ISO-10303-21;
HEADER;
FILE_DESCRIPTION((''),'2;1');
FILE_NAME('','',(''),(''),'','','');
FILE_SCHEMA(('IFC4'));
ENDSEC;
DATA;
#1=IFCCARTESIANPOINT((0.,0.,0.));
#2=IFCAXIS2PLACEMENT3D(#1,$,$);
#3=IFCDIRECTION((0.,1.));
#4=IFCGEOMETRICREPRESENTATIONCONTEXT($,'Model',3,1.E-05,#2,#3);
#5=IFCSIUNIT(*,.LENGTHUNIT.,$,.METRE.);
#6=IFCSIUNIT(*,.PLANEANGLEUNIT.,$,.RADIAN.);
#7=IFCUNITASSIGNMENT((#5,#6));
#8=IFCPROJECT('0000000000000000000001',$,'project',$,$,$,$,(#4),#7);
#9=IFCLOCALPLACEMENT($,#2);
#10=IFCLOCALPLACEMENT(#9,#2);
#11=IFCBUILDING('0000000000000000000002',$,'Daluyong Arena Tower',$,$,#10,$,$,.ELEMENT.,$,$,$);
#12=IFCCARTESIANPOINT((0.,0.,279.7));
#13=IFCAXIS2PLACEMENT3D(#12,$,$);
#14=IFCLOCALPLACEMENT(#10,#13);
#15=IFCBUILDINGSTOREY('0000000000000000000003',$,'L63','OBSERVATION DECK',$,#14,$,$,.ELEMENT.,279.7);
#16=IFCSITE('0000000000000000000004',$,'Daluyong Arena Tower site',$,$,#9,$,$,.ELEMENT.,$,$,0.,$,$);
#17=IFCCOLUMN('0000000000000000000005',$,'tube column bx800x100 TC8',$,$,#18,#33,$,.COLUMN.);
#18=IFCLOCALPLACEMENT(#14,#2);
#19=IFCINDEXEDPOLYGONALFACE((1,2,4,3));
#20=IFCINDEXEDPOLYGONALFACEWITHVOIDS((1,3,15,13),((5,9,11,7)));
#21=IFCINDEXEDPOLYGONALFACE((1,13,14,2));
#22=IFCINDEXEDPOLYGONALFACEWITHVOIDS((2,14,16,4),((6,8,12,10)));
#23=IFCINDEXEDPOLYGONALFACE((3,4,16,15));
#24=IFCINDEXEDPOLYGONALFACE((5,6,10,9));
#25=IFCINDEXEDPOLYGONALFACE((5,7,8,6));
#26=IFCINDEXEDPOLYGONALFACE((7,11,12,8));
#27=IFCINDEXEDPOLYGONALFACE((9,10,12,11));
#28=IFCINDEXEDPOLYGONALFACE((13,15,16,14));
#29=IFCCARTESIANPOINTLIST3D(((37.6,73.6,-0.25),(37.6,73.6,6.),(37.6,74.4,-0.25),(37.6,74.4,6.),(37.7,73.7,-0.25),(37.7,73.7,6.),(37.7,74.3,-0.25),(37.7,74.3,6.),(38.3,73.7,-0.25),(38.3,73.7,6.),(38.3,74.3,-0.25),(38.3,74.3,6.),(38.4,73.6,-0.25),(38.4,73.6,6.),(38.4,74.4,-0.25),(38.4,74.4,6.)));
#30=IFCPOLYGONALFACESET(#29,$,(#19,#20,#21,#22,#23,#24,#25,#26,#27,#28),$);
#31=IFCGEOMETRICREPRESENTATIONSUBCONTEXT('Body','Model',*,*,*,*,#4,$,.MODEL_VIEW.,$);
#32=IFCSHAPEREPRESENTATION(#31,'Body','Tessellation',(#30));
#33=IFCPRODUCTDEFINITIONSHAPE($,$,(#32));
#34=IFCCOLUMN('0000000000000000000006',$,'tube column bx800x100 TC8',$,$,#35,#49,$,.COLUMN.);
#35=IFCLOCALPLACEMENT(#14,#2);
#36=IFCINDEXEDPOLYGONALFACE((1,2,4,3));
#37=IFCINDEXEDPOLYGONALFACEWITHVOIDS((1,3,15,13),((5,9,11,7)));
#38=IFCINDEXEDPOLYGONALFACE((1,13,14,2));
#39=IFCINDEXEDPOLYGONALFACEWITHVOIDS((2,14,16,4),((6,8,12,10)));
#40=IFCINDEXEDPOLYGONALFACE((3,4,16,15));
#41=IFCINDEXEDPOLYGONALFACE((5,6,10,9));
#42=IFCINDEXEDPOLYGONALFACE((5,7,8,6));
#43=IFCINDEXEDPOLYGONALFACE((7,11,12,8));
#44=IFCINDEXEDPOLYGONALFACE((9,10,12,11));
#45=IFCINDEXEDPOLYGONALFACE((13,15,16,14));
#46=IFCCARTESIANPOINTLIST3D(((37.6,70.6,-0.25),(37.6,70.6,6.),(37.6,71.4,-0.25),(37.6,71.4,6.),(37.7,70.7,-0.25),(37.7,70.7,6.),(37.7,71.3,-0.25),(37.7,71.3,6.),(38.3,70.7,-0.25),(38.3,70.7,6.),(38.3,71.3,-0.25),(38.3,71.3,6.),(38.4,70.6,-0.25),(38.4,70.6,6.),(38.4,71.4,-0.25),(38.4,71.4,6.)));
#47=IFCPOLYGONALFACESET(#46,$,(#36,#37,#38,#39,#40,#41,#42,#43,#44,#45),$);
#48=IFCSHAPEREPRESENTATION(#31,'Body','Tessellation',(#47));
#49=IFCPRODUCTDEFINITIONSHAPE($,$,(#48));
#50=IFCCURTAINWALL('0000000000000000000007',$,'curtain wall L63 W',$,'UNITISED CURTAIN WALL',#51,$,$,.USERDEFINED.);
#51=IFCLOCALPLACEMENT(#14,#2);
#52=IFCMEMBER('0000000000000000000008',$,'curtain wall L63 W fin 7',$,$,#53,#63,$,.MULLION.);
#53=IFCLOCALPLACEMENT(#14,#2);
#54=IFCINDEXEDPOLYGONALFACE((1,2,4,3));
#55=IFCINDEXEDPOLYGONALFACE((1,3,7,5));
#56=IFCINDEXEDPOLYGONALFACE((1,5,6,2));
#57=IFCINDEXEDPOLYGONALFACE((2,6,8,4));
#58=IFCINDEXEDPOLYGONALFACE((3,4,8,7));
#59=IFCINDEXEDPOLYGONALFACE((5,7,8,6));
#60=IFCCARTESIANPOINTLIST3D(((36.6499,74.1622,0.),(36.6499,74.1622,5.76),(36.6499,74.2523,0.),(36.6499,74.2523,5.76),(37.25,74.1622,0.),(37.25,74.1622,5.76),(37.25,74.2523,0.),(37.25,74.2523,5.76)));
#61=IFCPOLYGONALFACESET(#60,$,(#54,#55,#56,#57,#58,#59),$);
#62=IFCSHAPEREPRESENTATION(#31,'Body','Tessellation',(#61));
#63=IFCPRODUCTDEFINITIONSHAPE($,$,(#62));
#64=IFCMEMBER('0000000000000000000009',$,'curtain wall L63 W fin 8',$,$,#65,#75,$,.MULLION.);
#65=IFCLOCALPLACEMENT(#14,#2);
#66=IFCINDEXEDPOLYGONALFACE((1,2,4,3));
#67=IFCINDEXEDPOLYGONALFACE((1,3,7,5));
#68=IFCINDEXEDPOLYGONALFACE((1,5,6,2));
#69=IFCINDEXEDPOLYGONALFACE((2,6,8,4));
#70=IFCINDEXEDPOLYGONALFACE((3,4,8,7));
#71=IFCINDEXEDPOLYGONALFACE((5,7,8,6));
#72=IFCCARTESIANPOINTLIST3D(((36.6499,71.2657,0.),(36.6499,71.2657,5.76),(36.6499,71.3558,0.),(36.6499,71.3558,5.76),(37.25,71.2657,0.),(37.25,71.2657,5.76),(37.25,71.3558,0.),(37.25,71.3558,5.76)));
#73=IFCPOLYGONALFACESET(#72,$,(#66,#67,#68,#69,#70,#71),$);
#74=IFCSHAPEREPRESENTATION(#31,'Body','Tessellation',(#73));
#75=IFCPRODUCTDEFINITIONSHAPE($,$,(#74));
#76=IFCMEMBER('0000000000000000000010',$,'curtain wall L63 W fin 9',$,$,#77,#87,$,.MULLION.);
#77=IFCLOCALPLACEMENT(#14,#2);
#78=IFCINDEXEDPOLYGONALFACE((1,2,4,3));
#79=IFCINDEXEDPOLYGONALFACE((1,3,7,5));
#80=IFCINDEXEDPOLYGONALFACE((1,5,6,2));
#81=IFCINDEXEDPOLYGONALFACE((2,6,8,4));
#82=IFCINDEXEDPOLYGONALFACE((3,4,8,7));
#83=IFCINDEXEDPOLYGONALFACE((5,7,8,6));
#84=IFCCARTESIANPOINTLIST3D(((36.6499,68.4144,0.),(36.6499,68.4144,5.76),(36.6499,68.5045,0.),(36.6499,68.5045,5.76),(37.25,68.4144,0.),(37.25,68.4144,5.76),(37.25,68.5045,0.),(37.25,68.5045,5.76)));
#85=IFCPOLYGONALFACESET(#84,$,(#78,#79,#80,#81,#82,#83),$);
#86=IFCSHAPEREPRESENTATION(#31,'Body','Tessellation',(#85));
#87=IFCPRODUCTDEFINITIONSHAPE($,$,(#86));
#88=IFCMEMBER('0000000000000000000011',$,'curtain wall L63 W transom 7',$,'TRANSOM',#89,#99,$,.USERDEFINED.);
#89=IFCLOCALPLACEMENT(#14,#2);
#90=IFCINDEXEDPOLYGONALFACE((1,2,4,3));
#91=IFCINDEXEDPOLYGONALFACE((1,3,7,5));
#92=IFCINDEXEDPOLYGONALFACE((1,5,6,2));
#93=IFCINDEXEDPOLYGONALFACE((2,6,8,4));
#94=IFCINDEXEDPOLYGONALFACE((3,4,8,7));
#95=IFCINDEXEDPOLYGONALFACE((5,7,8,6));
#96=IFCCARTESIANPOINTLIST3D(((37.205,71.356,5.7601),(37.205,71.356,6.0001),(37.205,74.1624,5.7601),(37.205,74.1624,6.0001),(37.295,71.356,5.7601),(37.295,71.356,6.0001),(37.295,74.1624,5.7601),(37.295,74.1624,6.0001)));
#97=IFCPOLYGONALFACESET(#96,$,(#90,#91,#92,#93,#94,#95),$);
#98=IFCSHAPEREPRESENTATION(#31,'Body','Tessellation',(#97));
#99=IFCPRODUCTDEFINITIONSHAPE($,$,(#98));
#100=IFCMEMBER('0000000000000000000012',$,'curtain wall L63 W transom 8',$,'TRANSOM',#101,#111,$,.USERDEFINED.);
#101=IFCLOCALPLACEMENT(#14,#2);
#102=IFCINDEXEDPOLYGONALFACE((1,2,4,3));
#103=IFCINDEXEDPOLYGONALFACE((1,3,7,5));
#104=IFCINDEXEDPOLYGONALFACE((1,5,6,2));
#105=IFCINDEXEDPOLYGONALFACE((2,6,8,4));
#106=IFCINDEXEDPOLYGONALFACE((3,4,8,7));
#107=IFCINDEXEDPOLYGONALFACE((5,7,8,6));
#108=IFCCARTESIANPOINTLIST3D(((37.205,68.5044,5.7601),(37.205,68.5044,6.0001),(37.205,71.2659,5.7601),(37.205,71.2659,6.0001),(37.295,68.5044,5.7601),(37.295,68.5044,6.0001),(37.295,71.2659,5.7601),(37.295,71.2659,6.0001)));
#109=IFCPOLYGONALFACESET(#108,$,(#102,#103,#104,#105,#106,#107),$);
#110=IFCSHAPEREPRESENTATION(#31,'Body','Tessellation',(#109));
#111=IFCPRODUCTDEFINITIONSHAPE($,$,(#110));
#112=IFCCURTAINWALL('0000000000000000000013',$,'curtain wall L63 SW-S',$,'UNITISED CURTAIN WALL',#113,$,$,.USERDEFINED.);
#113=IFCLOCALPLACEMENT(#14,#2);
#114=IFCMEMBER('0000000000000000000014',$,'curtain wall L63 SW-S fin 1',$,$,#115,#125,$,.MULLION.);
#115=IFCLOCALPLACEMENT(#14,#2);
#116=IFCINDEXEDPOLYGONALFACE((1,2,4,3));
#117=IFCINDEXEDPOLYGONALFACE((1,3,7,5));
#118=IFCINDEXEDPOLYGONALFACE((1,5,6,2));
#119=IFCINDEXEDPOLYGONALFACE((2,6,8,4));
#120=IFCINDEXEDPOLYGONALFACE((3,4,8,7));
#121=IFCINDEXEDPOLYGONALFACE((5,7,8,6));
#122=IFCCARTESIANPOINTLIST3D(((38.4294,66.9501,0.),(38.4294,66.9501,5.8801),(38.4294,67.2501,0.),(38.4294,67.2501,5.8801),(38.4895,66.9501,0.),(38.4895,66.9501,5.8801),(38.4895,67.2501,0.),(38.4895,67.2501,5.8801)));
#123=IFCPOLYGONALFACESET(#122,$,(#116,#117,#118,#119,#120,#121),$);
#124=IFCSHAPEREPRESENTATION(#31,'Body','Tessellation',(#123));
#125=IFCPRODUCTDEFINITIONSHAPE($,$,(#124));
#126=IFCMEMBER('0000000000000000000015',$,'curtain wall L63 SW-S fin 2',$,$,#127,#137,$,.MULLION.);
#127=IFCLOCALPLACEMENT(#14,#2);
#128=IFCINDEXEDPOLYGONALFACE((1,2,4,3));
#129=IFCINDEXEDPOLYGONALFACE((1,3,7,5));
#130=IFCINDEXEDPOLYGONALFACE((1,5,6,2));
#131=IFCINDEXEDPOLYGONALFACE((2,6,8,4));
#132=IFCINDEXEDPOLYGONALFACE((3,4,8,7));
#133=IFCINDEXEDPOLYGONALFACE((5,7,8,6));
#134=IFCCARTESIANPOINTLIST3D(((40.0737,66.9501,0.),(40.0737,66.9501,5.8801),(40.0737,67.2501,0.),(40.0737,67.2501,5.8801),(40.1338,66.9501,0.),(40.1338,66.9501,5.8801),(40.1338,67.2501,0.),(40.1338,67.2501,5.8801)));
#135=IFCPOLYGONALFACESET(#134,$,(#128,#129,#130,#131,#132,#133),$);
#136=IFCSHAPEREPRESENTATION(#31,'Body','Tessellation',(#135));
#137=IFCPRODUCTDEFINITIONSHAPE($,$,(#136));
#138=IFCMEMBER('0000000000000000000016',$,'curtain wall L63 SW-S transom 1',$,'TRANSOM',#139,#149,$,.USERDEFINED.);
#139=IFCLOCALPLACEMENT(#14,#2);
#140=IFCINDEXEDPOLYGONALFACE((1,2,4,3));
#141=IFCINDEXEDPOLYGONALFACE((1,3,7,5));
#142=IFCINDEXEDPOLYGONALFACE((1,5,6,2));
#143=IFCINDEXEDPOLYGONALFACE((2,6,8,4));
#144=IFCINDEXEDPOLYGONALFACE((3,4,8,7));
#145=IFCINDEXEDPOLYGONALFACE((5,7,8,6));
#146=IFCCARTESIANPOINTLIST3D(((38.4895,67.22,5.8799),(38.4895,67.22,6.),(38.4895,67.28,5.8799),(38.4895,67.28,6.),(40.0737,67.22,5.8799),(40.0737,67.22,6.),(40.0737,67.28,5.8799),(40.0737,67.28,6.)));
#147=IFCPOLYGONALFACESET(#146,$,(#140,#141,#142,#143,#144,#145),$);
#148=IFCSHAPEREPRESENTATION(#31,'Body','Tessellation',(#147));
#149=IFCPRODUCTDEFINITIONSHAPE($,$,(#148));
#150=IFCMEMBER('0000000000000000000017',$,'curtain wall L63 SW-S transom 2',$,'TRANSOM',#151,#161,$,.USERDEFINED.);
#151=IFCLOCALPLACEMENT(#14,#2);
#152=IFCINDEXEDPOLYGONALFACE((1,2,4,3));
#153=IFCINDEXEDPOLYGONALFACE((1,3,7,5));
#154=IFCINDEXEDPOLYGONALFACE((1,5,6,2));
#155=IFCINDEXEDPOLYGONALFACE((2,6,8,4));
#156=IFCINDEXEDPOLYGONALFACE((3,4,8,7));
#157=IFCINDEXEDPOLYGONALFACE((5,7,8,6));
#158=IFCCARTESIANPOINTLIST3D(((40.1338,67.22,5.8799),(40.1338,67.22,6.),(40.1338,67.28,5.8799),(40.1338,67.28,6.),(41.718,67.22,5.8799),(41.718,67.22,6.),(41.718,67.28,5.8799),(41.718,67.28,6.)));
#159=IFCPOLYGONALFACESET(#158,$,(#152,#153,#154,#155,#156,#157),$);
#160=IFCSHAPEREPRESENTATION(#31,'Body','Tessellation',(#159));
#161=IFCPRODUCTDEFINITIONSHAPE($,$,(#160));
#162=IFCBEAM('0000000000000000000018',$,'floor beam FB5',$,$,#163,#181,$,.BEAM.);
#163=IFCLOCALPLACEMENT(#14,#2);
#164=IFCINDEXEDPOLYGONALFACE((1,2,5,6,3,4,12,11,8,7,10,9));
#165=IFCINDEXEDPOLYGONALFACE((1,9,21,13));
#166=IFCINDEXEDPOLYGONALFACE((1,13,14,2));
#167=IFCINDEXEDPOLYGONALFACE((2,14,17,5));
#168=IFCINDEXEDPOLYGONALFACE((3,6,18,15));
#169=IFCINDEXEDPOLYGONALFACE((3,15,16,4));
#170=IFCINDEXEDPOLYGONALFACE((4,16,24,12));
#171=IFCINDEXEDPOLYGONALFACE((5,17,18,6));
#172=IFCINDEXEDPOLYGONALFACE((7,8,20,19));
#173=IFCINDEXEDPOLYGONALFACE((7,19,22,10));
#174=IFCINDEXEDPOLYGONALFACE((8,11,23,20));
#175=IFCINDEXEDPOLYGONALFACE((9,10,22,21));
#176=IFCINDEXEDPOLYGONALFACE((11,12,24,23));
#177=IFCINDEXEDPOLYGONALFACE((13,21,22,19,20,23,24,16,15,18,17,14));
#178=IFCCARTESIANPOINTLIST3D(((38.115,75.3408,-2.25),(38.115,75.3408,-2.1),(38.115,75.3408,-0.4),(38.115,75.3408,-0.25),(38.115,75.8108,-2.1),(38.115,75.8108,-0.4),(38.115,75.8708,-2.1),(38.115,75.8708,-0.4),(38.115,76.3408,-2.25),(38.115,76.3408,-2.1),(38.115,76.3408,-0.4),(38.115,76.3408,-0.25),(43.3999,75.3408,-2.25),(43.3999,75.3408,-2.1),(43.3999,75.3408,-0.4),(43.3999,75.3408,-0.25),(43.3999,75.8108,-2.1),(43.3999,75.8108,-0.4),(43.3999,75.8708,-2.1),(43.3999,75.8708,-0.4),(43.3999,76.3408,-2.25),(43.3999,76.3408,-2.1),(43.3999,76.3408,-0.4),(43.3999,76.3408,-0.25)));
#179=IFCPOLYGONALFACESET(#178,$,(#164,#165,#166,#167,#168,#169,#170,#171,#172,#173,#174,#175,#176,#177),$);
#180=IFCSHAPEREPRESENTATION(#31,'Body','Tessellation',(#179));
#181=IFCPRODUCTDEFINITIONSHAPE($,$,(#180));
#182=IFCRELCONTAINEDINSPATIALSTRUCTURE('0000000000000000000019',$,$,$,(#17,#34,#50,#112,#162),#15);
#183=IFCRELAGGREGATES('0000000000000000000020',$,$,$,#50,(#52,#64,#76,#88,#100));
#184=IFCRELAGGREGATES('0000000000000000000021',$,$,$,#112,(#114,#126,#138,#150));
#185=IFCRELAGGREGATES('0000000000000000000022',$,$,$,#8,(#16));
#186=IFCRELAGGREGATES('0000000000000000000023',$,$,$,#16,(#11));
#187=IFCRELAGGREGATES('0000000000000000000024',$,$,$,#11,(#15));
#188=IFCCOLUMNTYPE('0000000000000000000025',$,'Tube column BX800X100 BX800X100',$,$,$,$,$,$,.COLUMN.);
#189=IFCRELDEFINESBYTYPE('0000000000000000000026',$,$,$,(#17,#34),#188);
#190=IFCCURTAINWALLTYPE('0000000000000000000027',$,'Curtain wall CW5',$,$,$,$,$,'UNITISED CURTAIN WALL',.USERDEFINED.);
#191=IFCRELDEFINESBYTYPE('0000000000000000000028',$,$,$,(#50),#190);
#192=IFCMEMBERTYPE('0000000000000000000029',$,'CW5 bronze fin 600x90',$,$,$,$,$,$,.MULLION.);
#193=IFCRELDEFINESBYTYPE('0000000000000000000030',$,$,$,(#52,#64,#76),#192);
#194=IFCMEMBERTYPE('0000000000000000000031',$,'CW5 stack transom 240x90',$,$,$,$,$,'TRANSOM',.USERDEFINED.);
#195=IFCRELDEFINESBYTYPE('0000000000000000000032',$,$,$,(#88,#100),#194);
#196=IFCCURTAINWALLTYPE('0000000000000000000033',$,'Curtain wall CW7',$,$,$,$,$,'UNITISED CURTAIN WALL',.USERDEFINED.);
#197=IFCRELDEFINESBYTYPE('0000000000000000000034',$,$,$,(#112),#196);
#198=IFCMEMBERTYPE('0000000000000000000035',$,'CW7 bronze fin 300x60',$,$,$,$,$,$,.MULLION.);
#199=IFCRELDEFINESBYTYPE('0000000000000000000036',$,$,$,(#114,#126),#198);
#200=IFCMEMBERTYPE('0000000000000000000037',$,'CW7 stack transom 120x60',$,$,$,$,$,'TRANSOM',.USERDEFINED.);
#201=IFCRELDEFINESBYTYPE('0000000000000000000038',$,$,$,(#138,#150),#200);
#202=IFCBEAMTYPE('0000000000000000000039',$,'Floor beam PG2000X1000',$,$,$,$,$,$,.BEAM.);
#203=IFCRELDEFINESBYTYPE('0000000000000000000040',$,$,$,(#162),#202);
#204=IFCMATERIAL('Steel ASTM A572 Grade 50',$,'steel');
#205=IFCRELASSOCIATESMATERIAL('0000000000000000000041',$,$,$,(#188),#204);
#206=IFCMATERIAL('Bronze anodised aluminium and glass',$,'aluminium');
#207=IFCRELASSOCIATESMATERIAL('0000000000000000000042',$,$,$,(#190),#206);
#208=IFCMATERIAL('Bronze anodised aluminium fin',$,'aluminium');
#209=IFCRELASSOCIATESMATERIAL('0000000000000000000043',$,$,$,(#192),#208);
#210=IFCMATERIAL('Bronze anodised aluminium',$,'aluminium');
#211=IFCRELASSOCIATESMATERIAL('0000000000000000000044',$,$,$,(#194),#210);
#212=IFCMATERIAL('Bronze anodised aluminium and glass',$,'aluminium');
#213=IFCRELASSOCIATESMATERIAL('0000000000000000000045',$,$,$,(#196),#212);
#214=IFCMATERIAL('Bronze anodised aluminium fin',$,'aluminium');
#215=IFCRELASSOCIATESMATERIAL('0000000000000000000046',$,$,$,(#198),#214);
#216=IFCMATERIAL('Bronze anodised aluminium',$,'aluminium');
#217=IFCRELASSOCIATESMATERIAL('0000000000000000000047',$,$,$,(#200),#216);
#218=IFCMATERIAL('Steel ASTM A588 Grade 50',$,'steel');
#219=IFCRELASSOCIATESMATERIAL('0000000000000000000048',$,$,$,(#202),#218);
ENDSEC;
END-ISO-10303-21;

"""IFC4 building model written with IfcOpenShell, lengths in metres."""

from ifc_helpers import new_model, si_unit, direction, frame, origin, origin_2d, place, context, subcontext, project, spatial, rectangle, hollow_rectangle, i_section, extrude, material, material_profile, profile_set, type_object, element, aggregate, save


model = new_model("IFC4")

# Units and contexts
model_context = context("Model", 3, precision=1e-05, world=origin(), true_north=direction((0.0, 1.0)))
body_context = subcontext(model_context, "Body", "Model", "MODEL_VIEW")
ifc_project = project(units=[si_unit("LENGTHUNIT", "METRE"), si_unit("PLANEANGLEUNIT", "RADIAN")], contexts=[model_context])

# Site, building, storey
site_placement = place(None, origin())
site = spatial("IfcSite", under=ifc_project, at=site_placement, Name="Daluyong Arena Tower site", CompositionType="ELEMENT", RefElevation=0.0)
building_placement = place(site_placement, origin())
building = spatial("IfcBuilding", under=site, at=building_placement, Name="Daluyong Arena Tower", CompositionType="ELEMENT")
storey_placement = place(building_placement, frame((0.0, 0.0, 279.7)))
storey = spatial("IfcBuildingStorey", under=building, at=storey_placement, Name="L63", Description="OBSERVATION DECK", CompositionType="ELEMENT", Elevation=279.7)

# Columns
ifc_material_1 = material(Name="Steel ASTM A572 Grade 50", Category="steel")
ifc_material_profile_1 = material_profile(ifc_material_1, hollow_rectangle(XDim=0.8, YDim=0.8, WallThickness=0.1, at=origin_2d()))
ifc_profile_set_1 = profile_set([ifc_material_profile_1], Name="Steel ASTM A572 Grade 50")
column_type_1 = type_object("IfcColumnType", Name="Tube column BX800X100 BX800X100", PredefinedType="COLUMN", material=ifc_profile_set_1)
for number, where, z_axis, x_axis, name in (
    (1, (38.0, 74.0, -0.25), (0.0, 0.0, 1.0), (0.0, 1.0, 0.0), "tube column bx800x100 TC8"),
    (2, (38.0, 71.0, -0.25), (0.0, 0.0, 1.0), (0.0, 1.0, 0.0), "tube column bx800x100 TC8"),
):
    element("IfcColumn", number, at=place(storey_placement, frame(where, z_axis=z_axis, x_axis=x_axis)), inside=storey, type_object=column_type_1, Name=name, PredefinedType="COLUMN", context=body_context, shape_type="SweptSolid", body=[
        extrude(hollow_rectangle(XDim=0.8, YDim=0.8, WallThickness=0.1, at=origin_2d()), origin(), (0.0, 0.0, 1.0), 6.25),
    ])

# Curtain walls, members
ifc_material_2 = material(Name="Bronze anodised aluminium and glass", Category="aluminium")
curtain_wall_type_1 = type_object("IfcCurtainWallType", Name="Curtain wall CW5", ElementType="UNITISED CURTAIN WALL", PredefinedType="USERDEFINED", material=ifc_material_2)
curtain_wall_1_placement = place(storey_placement, origin())
curtain_wall_1 = element("IfcCurtainWall", 3, at=curtain_wall_1_placement, inside=storey, type_object=curtain_wall_type_1, Name="curtain wall L63 W", ObjectType="UNITISED CURTAIN WALL", PredefinedType="USERDEFINED")
ifc_material_3 = material(Name="Bronze anodised aluminium fin", Category="aluminium")
ifc_material_profile_2 = material_profile(ifc_material_3, rectangle(XDim=0.6001, YDim=0.0901, at=origin_2d()))
ifc_profile_set_2 = profile_set([ifc_material_profile_2], Name="Bronze anodised aluminium fin")
member_type_1 = type_object("IfcMemberType", Name="CW5 bronze fin 600x90", PredefinedType="MULLION", material=ifc_profile_set_2)
member_1_placement = place(storey_placement, frame((36.95, 74.2073, 0.0), z_axis=(0.0, 0.0, 1.0), x_axis=(1.0, 0.0, 0.0)))
member_1 = element("IfcMember", 4, at=member_1_placement, type_object=member_type_1, Name="curtain wall L63 W fin 7", PredefinedType="MULLION", context=body_context, shape_type="SweptSolid", body=[
    extrude(rectangle(XDim=0.6001, YDim=0.0901, at=origin_2d()), origin(), (0.0, 0.0, 1.0), 5.76),
])
member_2_placement = place(storey_placement, frame((36.95, 71.3108, 0.0), z_axis=(0.0, 0.0, 1.0), x_axis=(1.0, 0.0, 0.0)))
member_2 = element("IfcMember", 5, at=member_2_placement, type_object=member_type_1, Name="curtain wall L63 W fin 8", PredefinedType="MULLION", context=body_context, shape_type="SweptSolid", body=[
    extrude(rectangle(XDim=0.6001, YDim=0.0901, at=origin_2d()), origin(), (0.0, 0.0, 1.0), 5.76),
])
member_3_placement = place(storey_placement, frame((36.95, 68.4595, 0.0), z_axis=(0.0, 0.0, 1.0), x_axis=(1.0, 0.0, 0.0)))
member_3 = element("IfcMember", 6, at=member_3_placement, type_object=member_type_1, Name="curtain wall L63 W fin 9", PredefinedType="MULLION", context=body_context, shape_type="SweptSolid", body=[
    extrude(rectangle(XDim=0.6001, YDim=0.0901, at=origin_2d()), origin(), (0.0, 0.0, 1.0), 5.76),
])
ifc_material_4 = material(Name="Bronze anodised aluminium", Category="aluminium")
ifc_material_profile_3 = material_profile(ifc_material_4, rectangle(XDim=0.0901, YDim=0.24, at=origin_2d()))
ifc_profile_set_3 = profile_set([ifc_material_profile_3], Name="Bronze anodised aluminium")
member_type_2 = type_object("IfcMemberType", Name="CW5 stack transom 240x90", ElementType="TRANSOM", PredefinedType="USERDEFINED", material=ifc_profile_set_3)
member_4_placement = place(storey_placement, frame((37.25, 74.1624, 5.8801), z_axis=(0.0, -1.0, 0.0), x_axis=(1.0, 0.0, 0.0)))
member_4 = element("IfcMember", 7, at=member_4_placement, type_object=member_type_2, Name="curtain wall L63 W transom 7", ObjectType="TRANSOM", PredefinedType="USERDEFINED", context=body_context, shape_type="SweptSolid", body=[
    extrude(rectangle(XDim=0.0901, YDim=0.24, at=origin_2d()), origin(), (0.0, 0.0, 1.0), 2.8064),
])
member_5_placement = place(storey_placement, frame((37.25, 71.2659, 5.8801), z_axis=(0.0, -1.0, 0.0), x_axis=(1.0, 0.0, 0.0)))
member_5 = element("IfcMember", 8, at=member_5_placement, type_object=member_type_2, Name="curtain wall L63 W transom 8", ObjectType="TRANSOM", PredefinedType="USERDEFINED", context=body_context, shape_type="SweptSolid", body=[
    extrude(rectangle(XDim=0.0901, YDim=0.24, at=origin_2d()), origin(), (0.0, 0.0, 1.0), 2.7615),
])
ifc_material_5 = material(Name="Bronze anodised aluminium and glass", Category="aluminium")
curtain_wall_type_2 = type_object("IfcCurtainWallType", Name="Curtain wall CW7", ElementType="UNITISED CURTAIN WALL", PredefinedType="USERDEFINED", material=ifc_material_5)
curtain_wall_2_placement = place(storey_placement, origin())
curtain_wall_2 = element("IfcCurtainWall", 9, at=curtain_wall_2_placement, inside=storey, type_object=curtain_wall_type_2, Name="curtain wall L63 SW-S", ObjectType="UNITISED CURTAIN WALL", PredefinedType="USERDEFINED")
ifc_material_6 = material(Name="Bronze anodised aluminium fin", Category="aluminium")
ifc_material_profile_4 = material_profile(ifc_material_6, rectangle(XDim=0.3, YDim=0.0601, at=origin_2d()))
ifc_profile_set_4 = profile_set([ifc_material_profile_4], Name="Bronze anodised aluminium fin")
member_type_3 = type_object("IfcMemberType", Name="CW7 bronze fin 300x60", PredefinedType="MULLION", material=ifc_profile_set_4)
member_6_placement = place(storey_placement, frame((38.4595, 67.1001, 0.0), z_axis=(0.0, 0.0, 1.0), x_axis=(0.0, 1.0, 0.0)))
member_6 = element("IfcMember", 10, at=member_6_placement, type_object=member_type_3, Name="curtain wall L63 SW-S fin 1", PredefinedType="MULLION", context=body_context, shape_type="SweptSolid", body=[
    extrude(rectangle(XDim=0.3, YDim=0.0601, at=origin_2d()), origin(), (0.0, 0.0, 1.0), 5.8801),
])
member_7_placement = place(storey_placement, frame((40.1038, 67.1001, 0.0), z_axis=(0.0, 0.0, 1.0), x_axis=(0.0, 1.0, 0.0)))
member_7 = element("IfcMember", 11, at=member_7_placement, type_object=member_type_3, Name="curtain wall L63 SW-S fin 2", PredefinedType="MULLION", context=body_context, shape_type="SweptSolid", body=[
    extrude(rectangle(XDim=0.3, YDim=0.0601, at=origin_2d()), origin(), (0.0, 0.0, 1.0), 5.8801),
])
ifc_material_7 = material(Name="Bronze anodised aluminium", Category="aluminium")
ifc_material_profile_5 = material_profile(ifc_material_7, rectangle(XDim=0.0601, YDim=0.1201, at=origin_2d()))
ifc_profile_set_5 = profile_set([ifc_material_profile_5], Name="Bronze anodised aluminium")
member_type_4 = type_object("IfcMemberType", Name="CW7 stack transom 120x60", ElementType="TRANSOM", PredefinedType="USERDEFINED", material=ifc_profile_set_5)
member_8_placement = place(storey_placement, frame((38.4895, 67.25, 5.9399), z_axis=(1.0, 0.0, 0.0), x_axis=(0.0, 1.0, 0.0)))
member_8 = element("IfcMember", 12, at=member_8_placement, type_object=member_type_4, Name="curtain wall L63 SW-S transom 1", ObjectType="TRANSOM", PredefinedType="USERDEFINED", context=body_context, shape_type="SweptSolid", body=[
    extrude(rectangle(XDim=0.0601, YDim=0.1201, at=origin_2d()), origin(), (0.0, 0.0, 1.0), 1.5842),
])
member_9_placement = place(storey_placement, frame((40.1338, 67.25, 5.9399), z_axis=(1.0, 0.0, 0.0), x_axis=(0.0, 1.0, 0.0)))
member_9 = element("IfcMember", 13, at=member_9_placement, type_object=member_type_4, Name="curtain wall L63 SW-S transom 2", ObjectType="TRANSOM", PredefinedType="USERDEFINED", context=body_context, shape_type="SweptSolid", body=[
    extrude(rectangle(XDim=0.0601, YDim=0.1201, at=origin_2d()), origin(), (0.0, 0.0, 1.0), 1.5842),
])

# Beam
ifc_material_8 = material(Name="Steel ASTM A588 Grade 50", Category="steel")
ifc_material_profile_6 = material_profile(ifc_material_8, i_section(OverallWidth=1.0, OverallDepth=2.0, WebThickness=0.06, FlangeThickness=0.15, at=origin_2d()))
ifc_profile_set_6 = profile_set([ifc_material_profile_6], Name="Steel ASTM A588 Grade 50")
beam_type_1 = type_object("IfcBeamType", Name="Floor beam PG2000X1000", PredefinedType="BEAM", material=ifc_profile_set_6)
for number, where, z_axis, x_axis, name in (
    (14, (38.115, 75.8408, -1.25), (1.0, 0.0, 0.0), (0.0, 1.0, 0.0), "floor beam FB5"),
):
    element("IfcBeam", number, at=place(storey_placement, frame(where, z_axis=z_axis, x_axis=x_axis)), inside=storey, type_object=beam_type_1, Name=name, PredefinedType="BEAM", context=body_context, shape_type="SweptSolid", body=[
        extrude(i_section(OverallWidth=1.0, OverallDepth=2.0, WebThickness=0.06, FlangeThickness=0.15, at=origin_2d()), origin(), (0.0, 0.0, 1.0), 5.2849),
    ])

aggregate(curtain_wall_1, [member_1, member_2, member_3, member_4, member_5])
aggregate(curtain_wall_2, [member_6, member_7, member_8, member_9])

save(model, "model.ifc")
